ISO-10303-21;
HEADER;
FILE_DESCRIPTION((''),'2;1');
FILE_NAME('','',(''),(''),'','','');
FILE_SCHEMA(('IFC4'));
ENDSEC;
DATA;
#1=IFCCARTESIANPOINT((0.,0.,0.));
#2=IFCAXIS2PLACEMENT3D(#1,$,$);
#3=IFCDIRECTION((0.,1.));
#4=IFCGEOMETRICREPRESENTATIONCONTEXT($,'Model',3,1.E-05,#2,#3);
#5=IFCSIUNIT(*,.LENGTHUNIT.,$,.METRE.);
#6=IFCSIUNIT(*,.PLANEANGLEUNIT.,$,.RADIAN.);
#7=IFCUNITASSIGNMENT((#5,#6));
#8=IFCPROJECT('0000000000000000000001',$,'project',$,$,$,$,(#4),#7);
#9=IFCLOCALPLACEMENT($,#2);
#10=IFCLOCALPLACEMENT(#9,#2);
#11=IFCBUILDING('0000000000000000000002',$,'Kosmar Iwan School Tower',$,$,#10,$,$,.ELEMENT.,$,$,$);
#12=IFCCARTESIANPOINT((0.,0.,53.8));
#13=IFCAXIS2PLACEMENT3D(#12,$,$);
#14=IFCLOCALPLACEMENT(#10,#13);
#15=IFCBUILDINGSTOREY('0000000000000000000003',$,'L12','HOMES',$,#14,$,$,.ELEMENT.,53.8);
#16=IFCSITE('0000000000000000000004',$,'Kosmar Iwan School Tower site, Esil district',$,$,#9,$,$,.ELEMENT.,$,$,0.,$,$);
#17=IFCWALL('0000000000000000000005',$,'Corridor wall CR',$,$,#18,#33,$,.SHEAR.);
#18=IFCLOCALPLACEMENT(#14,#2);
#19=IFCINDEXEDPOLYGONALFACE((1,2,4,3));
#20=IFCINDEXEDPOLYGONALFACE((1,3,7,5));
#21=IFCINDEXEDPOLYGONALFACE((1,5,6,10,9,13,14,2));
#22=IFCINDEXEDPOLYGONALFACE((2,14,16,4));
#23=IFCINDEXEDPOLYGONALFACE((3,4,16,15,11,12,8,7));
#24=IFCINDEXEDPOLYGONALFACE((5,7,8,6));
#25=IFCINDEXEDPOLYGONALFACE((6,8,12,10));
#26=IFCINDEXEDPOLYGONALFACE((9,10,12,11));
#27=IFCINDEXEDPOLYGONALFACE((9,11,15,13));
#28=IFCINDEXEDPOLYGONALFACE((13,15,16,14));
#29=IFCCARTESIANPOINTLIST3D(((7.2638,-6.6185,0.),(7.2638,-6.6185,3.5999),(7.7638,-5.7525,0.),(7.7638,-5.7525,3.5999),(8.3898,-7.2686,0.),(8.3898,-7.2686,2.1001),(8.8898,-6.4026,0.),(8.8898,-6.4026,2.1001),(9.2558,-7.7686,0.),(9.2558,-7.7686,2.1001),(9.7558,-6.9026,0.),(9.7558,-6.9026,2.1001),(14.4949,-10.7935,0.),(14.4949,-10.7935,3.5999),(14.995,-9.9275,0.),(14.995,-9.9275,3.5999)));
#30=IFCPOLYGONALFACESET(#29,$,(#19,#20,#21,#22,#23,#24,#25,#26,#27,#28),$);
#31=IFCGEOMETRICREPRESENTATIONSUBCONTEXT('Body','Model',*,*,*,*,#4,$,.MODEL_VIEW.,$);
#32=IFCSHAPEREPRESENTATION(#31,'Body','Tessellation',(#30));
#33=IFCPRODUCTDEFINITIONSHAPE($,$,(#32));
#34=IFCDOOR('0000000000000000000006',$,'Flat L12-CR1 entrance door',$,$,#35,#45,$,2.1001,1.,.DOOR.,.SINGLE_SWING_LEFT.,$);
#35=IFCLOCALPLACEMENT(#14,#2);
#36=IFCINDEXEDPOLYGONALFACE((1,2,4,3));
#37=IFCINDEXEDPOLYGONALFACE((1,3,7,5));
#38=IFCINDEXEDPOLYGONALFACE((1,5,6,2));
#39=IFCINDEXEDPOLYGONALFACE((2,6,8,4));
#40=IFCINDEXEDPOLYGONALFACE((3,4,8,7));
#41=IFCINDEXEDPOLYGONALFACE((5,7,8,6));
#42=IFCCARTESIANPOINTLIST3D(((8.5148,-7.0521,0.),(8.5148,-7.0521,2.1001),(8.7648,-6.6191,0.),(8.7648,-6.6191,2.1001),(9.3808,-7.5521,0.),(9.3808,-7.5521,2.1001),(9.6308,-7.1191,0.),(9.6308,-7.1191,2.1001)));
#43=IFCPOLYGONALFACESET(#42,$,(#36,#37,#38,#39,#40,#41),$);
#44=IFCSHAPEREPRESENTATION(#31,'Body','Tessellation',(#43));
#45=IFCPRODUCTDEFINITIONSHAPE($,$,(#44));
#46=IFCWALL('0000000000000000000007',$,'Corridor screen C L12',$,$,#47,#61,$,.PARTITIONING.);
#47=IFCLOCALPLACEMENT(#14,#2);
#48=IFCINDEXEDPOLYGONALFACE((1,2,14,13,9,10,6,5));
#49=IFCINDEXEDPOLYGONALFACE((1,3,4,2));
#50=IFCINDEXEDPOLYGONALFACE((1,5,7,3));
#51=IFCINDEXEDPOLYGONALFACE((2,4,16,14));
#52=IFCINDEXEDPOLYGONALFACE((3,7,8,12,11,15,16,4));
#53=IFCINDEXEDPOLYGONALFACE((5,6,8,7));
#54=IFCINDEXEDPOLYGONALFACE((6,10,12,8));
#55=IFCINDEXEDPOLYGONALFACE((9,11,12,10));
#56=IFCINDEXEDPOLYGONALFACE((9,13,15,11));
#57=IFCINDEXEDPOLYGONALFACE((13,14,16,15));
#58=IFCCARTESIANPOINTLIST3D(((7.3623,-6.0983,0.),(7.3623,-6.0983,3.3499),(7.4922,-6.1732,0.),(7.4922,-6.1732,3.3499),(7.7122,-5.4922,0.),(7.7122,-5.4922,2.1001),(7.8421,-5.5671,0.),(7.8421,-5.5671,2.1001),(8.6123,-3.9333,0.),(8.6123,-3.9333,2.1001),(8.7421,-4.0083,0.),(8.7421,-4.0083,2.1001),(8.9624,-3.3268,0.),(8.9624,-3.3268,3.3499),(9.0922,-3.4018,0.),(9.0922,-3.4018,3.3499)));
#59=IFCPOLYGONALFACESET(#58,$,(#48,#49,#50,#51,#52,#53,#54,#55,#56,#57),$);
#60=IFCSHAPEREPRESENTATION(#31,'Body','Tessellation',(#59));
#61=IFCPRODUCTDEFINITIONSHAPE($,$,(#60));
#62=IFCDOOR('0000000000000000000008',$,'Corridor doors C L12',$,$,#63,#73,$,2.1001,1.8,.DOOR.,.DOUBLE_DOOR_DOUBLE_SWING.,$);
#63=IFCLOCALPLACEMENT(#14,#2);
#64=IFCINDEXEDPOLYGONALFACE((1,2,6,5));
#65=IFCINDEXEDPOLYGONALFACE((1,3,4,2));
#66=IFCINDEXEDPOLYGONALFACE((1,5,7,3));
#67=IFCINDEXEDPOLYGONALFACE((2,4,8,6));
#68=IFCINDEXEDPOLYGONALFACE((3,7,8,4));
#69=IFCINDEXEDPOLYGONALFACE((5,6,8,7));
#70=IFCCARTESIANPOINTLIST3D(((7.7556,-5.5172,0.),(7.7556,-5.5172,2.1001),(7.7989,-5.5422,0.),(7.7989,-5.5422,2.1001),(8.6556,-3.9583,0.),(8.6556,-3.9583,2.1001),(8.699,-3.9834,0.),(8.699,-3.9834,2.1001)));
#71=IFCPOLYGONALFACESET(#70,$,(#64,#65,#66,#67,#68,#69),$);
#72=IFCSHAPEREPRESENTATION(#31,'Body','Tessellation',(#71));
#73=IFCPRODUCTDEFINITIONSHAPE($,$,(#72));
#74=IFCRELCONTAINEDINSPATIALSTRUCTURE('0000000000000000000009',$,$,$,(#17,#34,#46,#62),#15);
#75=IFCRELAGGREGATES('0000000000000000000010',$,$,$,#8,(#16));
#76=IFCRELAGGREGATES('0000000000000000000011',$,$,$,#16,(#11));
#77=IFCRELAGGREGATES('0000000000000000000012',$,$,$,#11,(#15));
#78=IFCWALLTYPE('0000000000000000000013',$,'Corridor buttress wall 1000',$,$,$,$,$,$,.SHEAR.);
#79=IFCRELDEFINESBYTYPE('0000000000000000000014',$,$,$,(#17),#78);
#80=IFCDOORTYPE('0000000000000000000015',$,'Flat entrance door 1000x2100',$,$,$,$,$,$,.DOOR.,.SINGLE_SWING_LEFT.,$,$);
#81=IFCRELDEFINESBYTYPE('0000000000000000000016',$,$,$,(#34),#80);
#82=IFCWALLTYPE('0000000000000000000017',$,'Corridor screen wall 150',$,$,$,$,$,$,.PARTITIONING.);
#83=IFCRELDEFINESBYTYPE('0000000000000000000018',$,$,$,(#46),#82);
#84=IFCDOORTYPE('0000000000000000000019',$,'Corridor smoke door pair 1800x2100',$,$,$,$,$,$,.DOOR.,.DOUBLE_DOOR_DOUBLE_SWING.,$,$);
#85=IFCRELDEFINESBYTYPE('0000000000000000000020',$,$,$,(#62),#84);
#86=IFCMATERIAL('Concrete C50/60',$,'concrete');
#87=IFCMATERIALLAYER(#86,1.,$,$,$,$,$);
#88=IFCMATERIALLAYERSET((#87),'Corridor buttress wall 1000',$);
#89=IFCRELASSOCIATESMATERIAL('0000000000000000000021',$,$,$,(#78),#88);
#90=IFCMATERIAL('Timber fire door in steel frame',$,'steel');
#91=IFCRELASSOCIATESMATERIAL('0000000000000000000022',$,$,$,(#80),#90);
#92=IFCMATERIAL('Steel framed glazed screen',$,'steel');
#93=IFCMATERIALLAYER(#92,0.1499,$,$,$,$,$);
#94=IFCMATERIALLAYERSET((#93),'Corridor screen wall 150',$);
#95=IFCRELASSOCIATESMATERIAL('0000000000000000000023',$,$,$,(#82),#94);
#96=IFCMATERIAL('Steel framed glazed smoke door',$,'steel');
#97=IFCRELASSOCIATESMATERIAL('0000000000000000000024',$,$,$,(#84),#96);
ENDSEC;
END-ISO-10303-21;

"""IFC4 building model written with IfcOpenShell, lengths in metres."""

from ifc_helpers import new_model, si_unit, direction, frame, frame_2d, origin, place, context, subcontext, project, spatial, rectangle, extrude, material, layer, layer_set, type_object, element, fill, save


model = new_model("IFC4")

# Units and contexts
model_context = context("Model", 3, precision=1e-05, world=origin(), true_north=direction((0.0, 1.0)))
body_context = subcontext(model_context, "Body", "Model", "MODEL_VIEW")
ifc_project = project(units=[si_unit("LENGTHUNIT", "METRE"), si_unit("PLANEANGLEUNIT", "RADIAN")], contexts=[model_context])

# Site, building, storey
site_placement = place(None, origin())
site = spatial("IfcSite", under=ifc_project, at=site_placement, Name="Kosmar Iwan School Tower site, Esil district", CompositionType="ELEMENT", RefElevation=0.0)
building_placement = place(site_placement, origin())
building = spatial("IfcBuilding", under=site, at=building_placement, Name="Kosmar Iwan School Tower", CompositionType="ELEMENT")
storey_placement = place(building_placement, frame((0.0, 0.0, 53.8)))
storey = spatial("IfcBuildingStorey", under=building, at=storey_placement, Name="L12", Description="HOMES", CompositionType="ELEMENT", Elevation=53.8)

# Walls, openings, doors
ifc_material_1 = material(Name="Concrete C50/60", Category="concrete")
ifc_layer_1 = layer(ifc_material_1, 1.0)
ifc_layer_set_1 = layer_set([ifc_layer_1], Name="Corridor buttress wall 1000")
wall_type_1 = type_object("IfcWallType", Name="Corridor buttress wall 1000", PredefinedType="SHEAR", material=ifc_layer_set_1)
wall_1_placement = place(storey_placement, frame((7.5139, -6.1855, 0.0), z_axis=(0.0, 0.0, 1.0), x_axis=(0.86602, -0.50001, 0.0)))
wall_1 = element("IfcWall", 1, at=wall_1_placement, inside=storey, type_object=wall_type_1, Name="Corridor wall CR", PredefinedType="SHEAR", context=body_context, shape_type="SweptSolid", body=[
    extrude(rectangle(XDim=8.3499, YDim=1.0, at=frame_2d((4.1748, 0.0))), origin(), (0.0, 0.0, 1.0), 3.5999),
])
opening_1_placement = place(wall_1_placement, frame((1.3, 0.0, 0.0)))
opening_1 = element("IfcOpeningElement", 2, at=opening_1_placement, cuts=wall_1, PredefinedType="OPENING", context=body_context, shape_type="SweptSolid", body=[
    extrude(rectangle(XDim=1.0, YDim=2.1001, at=frame_2d((0.5, 1.05))), frame((0.0, 0.512, 0.0), z_axis=(0.0, -1.0, 0.0), x_axis=(1.0, 0.0, 0.0)), (0.0, 0.0, 1.0), 1.0239),
])
ifc_material_2 = material(Name="Timber fire door in steel frame", Category="steel")
door_type_1 = type_object("IfcDoorType", Name="Flat entrance door 1000x2100", OperationType="SINGLE_SWING_LEFT", PredefinedType="DOOR", material=ifc_material_2)
door_1_placement = place(opening_1_placement, origin())
door_1 = element("IfcDoor", 3, at=door_1_placement, inside=storey, type_object=door_type_1, Name="Flat L12-CR1 entrance door", OperationType="SINGLE_SWING_LEFT", OverallHeight=2.1001, OverallWidth=1.0, PredefinedType="DOOR", context=body_context, shape_type="SweptSolid", body=[
    extrude(rectangle(XDim=1.0, YDim=2.1001, at=frame_2d((0.5, 1.05))), frame((0.0, 0.25, 0.0), z_axis=(0.0, -1.0, 0.0), x_axis=(1.0, 0.0, 0.0)), (0.0, 0.0, 1.0), 0.5),
])
fill(opening_1, door_1)
ifc_material_3 = material(Name="Steel framed glazed screen", Category="steel")
ifc_layer_2 = layer(ifc_material_3, 0.1499)
ifc_layer_set_2 = layer_set([ifc_layer_2], Name="Corridor screen wall 150")
wall_type_2 = type_object("IfcWallType", Name="Corridor screen wall 150", PredefinedType="PARTITIONING", material=ifc_layer_set_2)
wall_2_placement = place(storey_placement, frame((7.4272, -6.1357, 0.0), z_axis=(0.0, 0.0, 1.0), x_axis=(0.499995, 0.866028, 0.0)))
wall_2 = element("IfcWall", 4, at=wall_2_placement, inside=storey, type_object=wall_type_2, Name="Corridor screen C L12", PredefinedType="PARTITIONING", context=body_context, shape_type="SweptSolid", body=[
    extrude(rectangle(XDim=3.2002, YDim=0.1499, at=frame_2d((1.6001, 0.0))), origin(), (0.0, 0.0, 1.0), 3.3499),
])
opening_2_placement = place(wall_2_placement, frame((0.7, 0.0, 0.0)))
opening_2 = element("IfcOpeningElement", 5, at=opening_2_placement, cuts=wall_2, PredefinedType="OPENING", context=body_context, shape_type="SweptSolid", body=[
    extrude(rectangle(XDim=1.8, YDim=2.1001, at=frame_2d((0.8999, 1.05))), frame((0.0, 0.0869, 0.0), z_axis=(0.0, -1.0, 0.0), x_axis=(1.0, 0.0, 0.0)), (0.0, 0.0, 1.0), 0.1738),
])
ifc_material_4 = material(Name="Steel framed glazed smoke door", Category="steel")
door_type_2 = type_object("IfcDoorType", Name="Corridor smoke door pair 1800x2100", OperationType="DOUBLE_DOOR_DOUBLE_SWING", PredefinedType="DOOR", material=ifc_material_4)
door_2_placement = place(opening_2_placement, origin())
door_2 = element("IfcDoor", 6, at=door_2_placement, inside=storey, type_object=door_type_2, Name="Corridor doors C L12", OperationType="DOUBLE_DOOR_DOUBLE_SWING", OverallHeight=2.1001, OverallWidth=1.8, PredefinedType="DOOR", context=body_context, shape_type="SweptSolid", body=[
    extrude(rectangle(XDim=1.8, YDim=2.1001, at=frame_2d((0.8999, 1.05))), frame((0.0, 0.0249, 0.0), z_axis=(0.0, -1.0, 0.0), x_axis=(1.0, 0.0, 0.0)), (0.0, 0.0, 1.0), 0.05),
])
fill(opening_2, door_2)

save(model, "model.ifc")
